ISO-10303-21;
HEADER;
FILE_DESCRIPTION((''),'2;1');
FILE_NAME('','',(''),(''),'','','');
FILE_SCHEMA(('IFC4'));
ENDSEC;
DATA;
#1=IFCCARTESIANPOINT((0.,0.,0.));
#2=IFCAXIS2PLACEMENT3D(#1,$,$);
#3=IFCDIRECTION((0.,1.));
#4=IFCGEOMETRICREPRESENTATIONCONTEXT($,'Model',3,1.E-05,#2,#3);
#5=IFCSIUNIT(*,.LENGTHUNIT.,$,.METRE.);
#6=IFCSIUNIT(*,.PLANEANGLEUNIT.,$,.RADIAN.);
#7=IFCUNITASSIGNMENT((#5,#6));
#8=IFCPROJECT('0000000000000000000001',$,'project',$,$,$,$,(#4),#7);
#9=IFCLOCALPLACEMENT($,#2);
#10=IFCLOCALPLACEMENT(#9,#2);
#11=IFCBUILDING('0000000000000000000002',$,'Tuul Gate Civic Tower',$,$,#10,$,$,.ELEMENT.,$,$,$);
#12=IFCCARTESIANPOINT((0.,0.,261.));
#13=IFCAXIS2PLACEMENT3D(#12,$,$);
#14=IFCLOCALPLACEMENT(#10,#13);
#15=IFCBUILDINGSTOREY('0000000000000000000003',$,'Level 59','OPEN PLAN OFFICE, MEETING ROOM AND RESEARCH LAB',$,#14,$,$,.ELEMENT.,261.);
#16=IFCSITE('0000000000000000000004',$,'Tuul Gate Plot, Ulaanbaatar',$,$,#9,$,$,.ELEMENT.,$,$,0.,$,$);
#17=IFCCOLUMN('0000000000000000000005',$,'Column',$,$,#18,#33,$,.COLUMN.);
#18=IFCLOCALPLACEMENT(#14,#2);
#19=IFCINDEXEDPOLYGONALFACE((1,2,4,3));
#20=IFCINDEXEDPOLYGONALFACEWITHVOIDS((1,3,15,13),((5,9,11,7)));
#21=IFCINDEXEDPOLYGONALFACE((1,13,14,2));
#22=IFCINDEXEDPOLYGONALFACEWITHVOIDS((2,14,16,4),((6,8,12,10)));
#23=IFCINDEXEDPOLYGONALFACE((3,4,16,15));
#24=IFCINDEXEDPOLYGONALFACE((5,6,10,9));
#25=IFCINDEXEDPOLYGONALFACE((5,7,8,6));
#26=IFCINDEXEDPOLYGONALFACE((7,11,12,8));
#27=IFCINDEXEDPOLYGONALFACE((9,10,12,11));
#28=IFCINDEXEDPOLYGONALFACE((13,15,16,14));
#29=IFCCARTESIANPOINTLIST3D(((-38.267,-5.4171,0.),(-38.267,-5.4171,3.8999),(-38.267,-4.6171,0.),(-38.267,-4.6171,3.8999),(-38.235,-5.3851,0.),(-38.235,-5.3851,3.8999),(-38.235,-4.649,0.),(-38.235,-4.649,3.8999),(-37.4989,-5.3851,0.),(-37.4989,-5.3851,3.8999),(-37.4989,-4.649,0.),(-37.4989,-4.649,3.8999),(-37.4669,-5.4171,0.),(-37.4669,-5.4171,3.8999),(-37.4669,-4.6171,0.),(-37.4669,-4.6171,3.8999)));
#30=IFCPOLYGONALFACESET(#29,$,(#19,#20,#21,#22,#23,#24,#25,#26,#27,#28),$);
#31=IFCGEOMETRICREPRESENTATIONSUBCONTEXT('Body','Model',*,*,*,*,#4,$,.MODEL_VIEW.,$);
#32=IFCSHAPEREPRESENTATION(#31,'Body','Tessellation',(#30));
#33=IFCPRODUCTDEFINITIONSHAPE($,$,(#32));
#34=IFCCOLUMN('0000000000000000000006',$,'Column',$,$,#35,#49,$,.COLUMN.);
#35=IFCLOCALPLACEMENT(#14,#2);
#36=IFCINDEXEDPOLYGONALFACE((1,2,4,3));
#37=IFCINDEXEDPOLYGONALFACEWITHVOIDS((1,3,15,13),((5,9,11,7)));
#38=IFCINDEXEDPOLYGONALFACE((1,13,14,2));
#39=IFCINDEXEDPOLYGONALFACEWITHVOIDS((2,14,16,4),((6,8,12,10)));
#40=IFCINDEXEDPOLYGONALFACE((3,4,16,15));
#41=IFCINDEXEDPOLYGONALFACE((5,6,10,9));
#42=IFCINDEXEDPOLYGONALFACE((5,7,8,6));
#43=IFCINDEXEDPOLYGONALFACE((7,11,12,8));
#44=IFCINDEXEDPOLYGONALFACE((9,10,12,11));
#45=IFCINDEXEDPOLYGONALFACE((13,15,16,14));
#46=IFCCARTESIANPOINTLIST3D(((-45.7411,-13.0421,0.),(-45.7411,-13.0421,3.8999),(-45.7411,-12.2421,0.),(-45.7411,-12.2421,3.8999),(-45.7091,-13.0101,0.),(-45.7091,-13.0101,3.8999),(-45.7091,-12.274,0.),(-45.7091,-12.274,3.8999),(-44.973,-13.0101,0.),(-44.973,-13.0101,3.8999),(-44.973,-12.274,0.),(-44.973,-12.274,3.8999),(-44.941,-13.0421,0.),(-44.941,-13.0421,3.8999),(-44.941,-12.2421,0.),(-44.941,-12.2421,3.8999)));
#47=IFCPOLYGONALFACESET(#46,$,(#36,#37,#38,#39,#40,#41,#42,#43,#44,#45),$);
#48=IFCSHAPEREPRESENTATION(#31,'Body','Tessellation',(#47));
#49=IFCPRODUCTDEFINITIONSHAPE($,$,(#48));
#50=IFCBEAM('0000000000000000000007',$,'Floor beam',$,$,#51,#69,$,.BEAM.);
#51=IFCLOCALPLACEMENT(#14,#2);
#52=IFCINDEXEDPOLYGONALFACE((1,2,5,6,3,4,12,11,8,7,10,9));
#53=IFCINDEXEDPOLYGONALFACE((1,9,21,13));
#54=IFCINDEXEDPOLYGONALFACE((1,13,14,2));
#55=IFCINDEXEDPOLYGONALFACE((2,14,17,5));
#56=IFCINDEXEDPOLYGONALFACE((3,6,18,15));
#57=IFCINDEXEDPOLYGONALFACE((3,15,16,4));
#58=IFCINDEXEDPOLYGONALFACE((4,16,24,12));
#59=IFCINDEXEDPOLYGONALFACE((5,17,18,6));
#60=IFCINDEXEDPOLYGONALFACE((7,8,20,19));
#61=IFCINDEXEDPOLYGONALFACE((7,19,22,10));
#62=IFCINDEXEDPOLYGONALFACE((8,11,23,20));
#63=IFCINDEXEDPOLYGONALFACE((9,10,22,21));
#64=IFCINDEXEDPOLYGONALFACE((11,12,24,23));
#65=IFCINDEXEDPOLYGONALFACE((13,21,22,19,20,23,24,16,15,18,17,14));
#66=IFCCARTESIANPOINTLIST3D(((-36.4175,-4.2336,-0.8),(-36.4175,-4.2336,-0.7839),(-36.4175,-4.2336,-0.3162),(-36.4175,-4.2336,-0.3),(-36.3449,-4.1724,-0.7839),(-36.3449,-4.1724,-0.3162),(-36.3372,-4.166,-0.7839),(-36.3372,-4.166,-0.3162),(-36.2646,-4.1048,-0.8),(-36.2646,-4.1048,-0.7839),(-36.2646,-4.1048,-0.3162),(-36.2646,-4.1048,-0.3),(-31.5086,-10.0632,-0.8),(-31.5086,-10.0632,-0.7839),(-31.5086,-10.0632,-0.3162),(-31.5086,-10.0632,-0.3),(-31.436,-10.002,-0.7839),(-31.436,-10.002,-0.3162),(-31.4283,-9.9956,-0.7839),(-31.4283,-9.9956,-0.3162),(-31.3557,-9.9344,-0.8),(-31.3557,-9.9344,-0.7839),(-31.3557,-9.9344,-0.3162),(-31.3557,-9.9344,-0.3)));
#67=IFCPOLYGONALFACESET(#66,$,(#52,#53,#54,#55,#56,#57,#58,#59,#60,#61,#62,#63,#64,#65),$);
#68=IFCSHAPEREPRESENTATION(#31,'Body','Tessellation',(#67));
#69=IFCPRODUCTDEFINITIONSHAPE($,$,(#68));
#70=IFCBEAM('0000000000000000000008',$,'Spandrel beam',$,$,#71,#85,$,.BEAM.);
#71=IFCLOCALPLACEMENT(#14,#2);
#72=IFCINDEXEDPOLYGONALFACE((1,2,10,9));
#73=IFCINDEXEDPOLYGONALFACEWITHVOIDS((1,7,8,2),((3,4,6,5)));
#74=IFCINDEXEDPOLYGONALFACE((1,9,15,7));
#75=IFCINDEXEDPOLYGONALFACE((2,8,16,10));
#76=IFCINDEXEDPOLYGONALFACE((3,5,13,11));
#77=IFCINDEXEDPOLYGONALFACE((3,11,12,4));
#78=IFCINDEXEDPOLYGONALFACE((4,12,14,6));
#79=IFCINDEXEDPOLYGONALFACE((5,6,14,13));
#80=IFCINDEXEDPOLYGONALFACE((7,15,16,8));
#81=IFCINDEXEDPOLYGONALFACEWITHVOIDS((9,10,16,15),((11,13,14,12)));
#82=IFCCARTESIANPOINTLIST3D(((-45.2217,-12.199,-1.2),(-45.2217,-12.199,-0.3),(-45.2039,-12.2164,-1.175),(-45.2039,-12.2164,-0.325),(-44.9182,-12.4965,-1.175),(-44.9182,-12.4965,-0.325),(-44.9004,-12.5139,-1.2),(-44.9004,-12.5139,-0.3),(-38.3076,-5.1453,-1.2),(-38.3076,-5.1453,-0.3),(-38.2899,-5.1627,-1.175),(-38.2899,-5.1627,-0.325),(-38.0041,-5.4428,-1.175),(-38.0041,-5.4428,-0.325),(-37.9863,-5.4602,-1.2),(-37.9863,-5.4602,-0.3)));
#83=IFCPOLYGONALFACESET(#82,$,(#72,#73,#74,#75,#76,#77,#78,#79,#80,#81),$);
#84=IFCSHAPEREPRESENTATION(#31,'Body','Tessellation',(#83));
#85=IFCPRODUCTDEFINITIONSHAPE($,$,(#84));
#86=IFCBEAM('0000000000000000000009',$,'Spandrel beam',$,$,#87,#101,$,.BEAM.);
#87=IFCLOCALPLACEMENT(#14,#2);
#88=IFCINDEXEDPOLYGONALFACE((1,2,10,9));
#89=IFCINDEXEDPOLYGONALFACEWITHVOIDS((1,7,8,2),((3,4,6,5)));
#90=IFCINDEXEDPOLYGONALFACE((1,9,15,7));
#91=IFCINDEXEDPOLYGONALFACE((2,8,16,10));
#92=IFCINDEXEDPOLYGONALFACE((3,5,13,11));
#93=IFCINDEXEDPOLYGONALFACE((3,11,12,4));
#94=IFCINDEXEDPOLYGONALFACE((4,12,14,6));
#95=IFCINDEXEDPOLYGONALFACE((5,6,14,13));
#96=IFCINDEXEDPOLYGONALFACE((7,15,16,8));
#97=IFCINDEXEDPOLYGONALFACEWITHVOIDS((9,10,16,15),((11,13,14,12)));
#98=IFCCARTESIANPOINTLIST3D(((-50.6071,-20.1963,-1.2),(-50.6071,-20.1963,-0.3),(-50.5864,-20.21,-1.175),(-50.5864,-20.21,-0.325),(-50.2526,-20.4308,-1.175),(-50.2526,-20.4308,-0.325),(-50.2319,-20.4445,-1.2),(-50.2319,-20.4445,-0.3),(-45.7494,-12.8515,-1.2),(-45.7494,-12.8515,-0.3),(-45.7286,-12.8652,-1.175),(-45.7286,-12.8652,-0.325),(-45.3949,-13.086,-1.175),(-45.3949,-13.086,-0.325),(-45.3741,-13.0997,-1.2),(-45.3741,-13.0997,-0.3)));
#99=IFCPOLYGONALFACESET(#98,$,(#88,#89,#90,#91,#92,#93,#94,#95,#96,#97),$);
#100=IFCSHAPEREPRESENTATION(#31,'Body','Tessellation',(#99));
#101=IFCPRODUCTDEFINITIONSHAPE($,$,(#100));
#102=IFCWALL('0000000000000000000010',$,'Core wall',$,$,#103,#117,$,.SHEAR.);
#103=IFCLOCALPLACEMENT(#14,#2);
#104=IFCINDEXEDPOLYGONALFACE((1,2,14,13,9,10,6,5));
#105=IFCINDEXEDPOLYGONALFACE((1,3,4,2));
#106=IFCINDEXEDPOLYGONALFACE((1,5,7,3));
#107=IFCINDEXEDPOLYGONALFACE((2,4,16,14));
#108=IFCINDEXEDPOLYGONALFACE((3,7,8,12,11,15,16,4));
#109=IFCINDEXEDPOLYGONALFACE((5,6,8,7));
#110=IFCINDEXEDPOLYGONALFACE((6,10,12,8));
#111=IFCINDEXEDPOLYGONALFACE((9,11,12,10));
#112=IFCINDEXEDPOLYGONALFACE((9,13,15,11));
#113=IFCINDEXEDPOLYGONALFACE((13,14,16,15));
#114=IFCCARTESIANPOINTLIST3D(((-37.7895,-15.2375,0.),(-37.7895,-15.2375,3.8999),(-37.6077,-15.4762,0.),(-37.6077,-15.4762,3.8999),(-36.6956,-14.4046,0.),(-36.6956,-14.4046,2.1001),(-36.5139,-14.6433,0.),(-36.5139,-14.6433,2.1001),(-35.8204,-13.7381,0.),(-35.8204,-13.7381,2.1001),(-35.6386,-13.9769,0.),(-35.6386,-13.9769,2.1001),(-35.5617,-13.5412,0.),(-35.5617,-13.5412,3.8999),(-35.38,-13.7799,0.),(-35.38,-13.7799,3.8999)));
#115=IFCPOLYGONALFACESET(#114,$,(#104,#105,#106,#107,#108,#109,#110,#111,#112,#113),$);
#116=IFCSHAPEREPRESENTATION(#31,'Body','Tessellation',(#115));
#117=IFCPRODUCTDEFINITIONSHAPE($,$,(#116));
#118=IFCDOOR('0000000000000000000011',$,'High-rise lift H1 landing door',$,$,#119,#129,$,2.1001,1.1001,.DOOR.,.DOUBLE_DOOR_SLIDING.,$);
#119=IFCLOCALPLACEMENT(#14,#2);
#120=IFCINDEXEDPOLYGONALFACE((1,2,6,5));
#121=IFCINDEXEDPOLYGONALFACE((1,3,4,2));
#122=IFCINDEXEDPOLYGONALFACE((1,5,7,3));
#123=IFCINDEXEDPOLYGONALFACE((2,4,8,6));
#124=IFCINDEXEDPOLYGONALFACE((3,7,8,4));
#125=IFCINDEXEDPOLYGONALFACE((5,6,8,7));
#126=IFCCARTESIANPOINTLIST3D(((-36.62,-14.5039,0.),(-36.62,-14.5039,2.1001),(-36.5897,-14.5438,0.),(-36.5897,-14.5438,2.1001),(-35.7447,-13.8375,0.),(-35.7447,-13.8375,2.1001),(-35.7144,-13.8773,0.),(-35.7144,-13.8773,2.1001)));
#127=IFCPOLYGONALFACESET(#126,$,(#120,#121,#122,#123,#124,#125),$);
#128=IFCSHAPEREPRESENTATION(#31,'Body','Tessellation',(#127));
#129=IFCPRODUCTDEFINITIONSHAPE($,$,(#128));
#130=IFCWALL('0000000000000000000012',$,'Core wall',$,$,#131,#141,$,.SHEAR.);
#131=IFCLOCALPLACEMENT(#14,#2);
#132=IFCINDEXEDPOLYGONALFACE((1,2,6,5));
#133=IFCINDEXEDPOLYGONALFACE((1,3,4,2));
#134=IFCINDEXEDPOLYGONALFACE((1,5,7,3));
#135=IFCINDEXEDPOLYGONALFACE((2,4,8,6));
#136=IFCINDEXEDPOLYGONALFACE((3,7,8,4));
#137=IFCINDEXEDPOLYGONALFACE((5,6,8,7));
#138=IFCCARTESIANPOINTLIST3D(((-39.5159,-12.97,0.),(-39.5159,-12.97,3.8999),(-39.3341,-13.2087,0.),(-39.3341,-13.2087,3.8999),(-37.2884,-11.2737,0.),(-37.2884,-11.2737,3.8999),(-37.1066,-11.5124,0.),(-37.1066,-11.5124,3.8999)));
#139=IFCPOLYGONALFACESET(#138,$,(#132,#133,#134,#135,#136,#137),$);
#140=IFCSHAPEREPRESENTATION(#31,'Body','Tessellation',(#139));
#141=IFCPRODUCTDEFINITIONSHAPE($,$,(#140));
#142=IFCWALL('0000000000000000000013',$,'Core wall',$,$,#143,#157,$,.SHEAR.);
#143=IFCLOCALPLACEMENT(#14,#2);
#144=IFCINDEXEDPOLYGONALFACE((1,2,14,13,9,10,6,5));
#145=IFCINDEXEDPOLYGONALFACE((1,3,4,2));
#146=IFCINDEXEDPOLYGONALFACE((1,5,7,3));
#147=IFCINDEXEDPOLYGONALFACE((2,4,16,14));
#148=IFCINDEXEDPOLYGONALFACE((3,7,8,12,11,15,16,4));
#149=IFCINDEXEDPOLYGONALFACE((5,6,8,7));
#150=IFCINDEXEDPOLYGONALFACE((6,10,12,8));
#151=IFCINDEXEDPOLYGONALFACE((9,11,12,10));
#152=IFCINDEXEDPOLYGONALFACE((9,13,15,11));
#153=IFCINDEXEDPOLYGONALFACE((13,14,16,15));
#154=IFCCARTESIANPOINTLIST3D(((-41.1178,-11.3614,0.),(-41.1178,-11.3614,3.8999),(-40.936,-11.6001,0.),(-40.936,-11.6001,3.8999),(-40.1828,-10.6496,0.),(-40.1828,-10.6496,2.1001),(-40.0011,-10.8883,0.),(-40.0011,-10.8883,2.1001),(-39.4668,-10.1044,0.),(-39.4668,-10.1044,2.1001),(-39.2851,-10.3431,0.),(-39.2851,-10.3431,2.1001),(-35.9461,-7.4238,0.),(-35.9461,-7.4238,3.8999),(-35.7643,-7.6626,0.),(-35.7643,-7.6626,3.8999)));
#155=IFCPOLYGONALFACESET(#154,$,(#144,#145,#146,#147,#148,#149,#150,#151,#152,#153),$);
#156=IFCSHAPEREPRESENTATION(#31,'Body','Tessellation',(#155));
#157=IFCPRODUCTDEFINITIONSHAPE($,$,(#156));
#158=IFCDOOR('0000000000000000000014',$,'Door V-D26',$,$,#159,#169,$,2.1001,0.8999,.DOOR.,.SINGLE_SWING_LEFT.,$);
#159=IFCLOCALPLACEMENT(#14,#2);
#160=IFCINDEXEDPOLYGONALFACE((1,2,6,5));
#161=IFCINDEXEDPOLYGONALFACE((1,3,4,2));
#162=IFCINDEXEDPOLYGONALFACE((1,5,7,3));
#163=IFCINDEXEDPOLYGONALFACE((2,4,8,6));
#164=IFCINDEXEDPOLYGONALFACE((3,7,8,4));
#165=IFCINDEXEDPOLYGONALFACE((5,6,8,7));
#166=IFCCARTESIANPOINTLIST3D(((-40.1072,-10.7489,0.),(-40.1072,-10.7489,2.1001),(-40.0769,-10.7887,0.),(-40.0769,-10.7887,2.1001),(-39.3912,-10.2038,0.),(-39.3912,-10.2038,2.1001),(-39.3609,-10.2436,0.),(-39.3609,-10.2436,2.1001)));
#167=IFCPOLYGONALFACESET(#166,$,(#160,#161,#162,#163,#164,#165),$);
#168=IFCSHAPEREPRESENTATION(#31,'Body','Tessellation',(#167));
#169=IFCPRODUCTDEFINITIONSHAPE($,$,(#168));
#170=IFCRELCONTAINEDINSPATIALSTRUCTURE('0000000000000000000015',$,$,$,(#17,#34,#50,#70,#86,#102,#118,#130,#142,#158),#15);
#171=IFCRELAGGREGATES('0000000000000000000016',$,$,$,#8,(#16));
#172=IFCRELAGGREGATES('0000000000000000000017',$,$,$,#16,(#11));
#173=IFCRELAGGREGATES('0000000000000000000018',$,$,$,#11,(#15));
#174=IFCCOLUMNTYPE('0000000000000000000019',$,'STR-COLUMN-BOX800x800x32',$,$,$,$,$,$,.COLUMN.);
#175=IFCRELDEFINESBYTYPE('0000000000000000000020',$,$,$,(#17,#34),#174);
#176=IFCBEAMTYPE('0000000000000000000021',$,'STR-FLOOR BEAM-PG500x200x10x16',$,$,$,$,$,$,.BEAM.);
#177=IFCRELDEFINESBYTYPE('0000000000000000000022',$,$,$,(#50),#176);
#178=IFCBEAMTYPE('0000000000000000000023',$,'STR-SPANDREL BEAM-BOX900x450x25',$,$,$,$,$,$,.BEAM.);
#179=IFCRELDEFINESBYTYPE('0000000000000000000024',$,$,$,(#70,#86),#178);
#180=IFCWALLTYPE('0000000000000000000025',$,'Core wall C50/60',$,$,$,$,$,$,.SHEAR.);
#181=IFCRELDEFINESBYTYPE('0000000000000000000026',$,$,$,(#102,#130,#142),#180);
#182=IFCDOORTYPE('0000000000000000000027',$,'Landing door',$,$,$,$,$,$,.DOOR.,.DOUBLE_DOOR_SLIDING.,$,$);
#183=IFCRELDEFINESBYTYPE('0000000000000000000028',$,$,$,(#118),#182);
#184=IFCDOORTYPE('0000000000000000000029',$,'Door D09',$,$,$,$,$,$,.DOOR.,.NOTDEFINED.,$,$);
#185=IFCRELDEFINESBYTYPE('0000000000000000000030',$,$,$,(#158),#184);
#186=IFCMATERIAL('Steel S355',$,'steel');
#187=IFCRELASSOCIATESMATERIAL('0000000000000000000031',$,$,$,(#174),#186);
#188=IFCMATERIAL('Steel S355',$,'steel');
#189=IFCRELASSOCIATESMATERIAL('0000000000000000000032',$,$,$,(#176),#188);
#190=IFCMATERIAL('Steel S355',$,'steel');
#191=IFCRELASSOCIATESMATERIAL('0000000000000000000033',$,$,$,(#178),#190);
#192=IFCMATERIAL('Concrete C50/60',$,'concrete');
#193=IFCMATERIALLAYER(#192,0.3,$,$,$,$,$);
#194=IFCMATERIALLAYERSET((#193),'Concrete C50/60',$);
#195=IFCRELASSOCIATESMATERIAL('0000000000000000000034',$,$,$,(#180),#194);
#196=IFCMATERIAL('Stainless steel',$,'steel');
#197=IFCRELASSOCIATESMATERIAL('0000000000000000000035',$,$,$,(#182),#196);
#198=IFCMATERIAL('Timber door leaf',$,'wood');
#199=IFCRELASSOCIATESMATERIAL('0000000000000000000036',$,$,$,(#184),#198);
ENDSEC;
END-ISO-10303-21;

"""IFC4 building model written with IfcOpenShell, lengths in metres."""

from ifc_helpers import new_model, si_unit, direction, frame, frame_2d, origin, origin_2d, place, context, subcontext, project, spatial, rectangle, hollow_rectangle, i_section, extrude, material, layer, layer_set, material_profile, profile_set, type_object, element, fill, save


model = new_model("IFC4")

# Units and contexts
model_context = context("Model", 3, precision=1e-05, world=origin(), true_north=direction((0.0, 1.0)))
body_context = subcontext(model_context, "Body", "Model", "MODEL_VIEW")
ifc_project = project(units=[si_unit("LENGTHUNIT", "METRE"), si_unit("PLANEANGLEUNIT", "RADIAN")], contexts=[model_context])

# Site, building, storey
site_placement = place(None, origin())
site = spatial("IfcSite", under=ifc_project, at=site_placement, Name="Tuul Gate Plot, Ulaanbaatar", CompositionType="ELEMENT", RefElevation=0.0)
building_placement = place(site_placement, origin())
building = spatial("IfcBuilding", under=site, at=building_placement, Name="Tuul Gate Civic Tower", CompositionType="ELEMENT")
storey_placement = place(building_placement, frame((0.0, 0.0, 261.0)))
storey = spatial("IfcBuildingStorey", under=building, at=storey_placement, Name="Level 59", Description="OPEN PLAN OFFICE, MEETING ROOM AND RESEARCH LAB", CompositionType="ELEMENT", Elevation=261.0)

# Columns
ifc_material_1 = material(Name="Steel S355", Category="steel")
ifc_material_profile_1 = material_profile(ifc_material_1, hollow_rectangle(XDim=0.8, YDim=0.8, WallThickness=0.032, at=origin_2d()), Name="BOX800x800x32")
ifc_profile_set_1 = profile_set([ifc_material_profile_1], Name="Steel S355")
column_type = type_object("IfcColumnType", Name="STR-COLUMN-BOX800x800x32", PredefinedType="COLUMN", material=ifc_profile_set_1)
for number, where, z_axis, x_axis, name in (
    (1, (-37.8669, -5.0171, 0.0), (0.0, 0.0, 1.0), (1.0, 0.0, 0.0), "Column"),
    (2, (-45.3411, -12.6421, 0.0), (0.0, 0.0, 1.0), (1.0, 0.0, 0.0), "Column"),
):
    element("IfcColumn", number, at=place(storey_placement, frame(where, z_axis=z_axis, x_axis=x_axis)), inside=storey, type_object=column_type, Name=name, PredefinedType="COLUMN", context=body_context, shape_type="SweptSolid", body=[
        extrude(hollow_rectangle(XDim=0.8, YDim=0.8, WallThickness=0.032, at=origin_2d()), origin(), (0.0, 0.0, 1.0), 3.8999),
    ])

# Beams
ifc_material_2 = material(Name="Steel S355", Category="steel")
ifc_material_profile_2 = material_profile(ifc_material_2, i_section(OverallWidth=0.2, OverallDepth=0.5, WebThickness=0.01, FlangeThickness=0.0161, at=origin_2d()), Name="PG500x200x10x16")
ifc_profile_set_2 = profile_set([ifc_material_profile_2], Name="Steel S355")
beam_type_1 = type_object("IfcBeamType", Name="STR-FLOOR BEAM-PG500x200x10x16", PredefinedType="BEAM", material=ifc_profile_set_2)
beam_1_placement = place(storey_placement, frame((-31.4321, -9.9988, -0.55), z_axis=(-0.644121, 0.764924, 0.0), x_axis=(-0.764924, -0.644121, 0.0)))
element("IfcBeam", 3, at=beam_1_placement, inside=storey, type_object=beam_type_1, Name="Floor beam", PredefinedType="BEAM", context=body_context, shape_type="SweptSolid", body=[
    extrude(i_section(OverallWidth=0.2, OverallDepth=0.5, WebThickness=0.01, FlangeThickness=0.0161, at=origin_2d()), origin(), (0.0, 0.0, 1.0), 7.6211),
])
ifc_material_3 = material(Name="Steel S355", Category="steel")
ifc_material_profile_3 = material_profile(ifc_material_3, hollow_rectangle(XDim=0.45, YDim=0.8999, WallThickness=0.0249, at=origin_2d()), Name="BOX900x450x25")
ifc_profile_set_3 = profile_set([ifc_material_profile_3], Name="Steel S355")
beam_type_2 = type_object("IfcBeamType", Name="STR-SPANDREL BEAM-BOX900x450x25", PredefinedType="BEAM", material=ifc_profile_set_3)
beam_2_placement = place(storey_placement, frame((-38.147, -5.3027, -0.75), z_axis=(-0.700002, -0.714141, 0.0), x_axis=(0.714141, -0.700002, 0.0)))
element("IfcBeam", 4, at=beam_2_placement, inside=storey, type_object=beam_type_2, Name="Spandrel beam", PredefinedType="BEAM", context=body_context, shape_type="SweptSolid", body=[
    extrude(hollow_rectangle(XDim=0.45, YDim=0.8999, WallThickness=0.0249, at=origin_2d()), origin(), (0.0, 0.0, 1.0), 9.8772),
])
beam_3_placement = place(storey_placement, frame((-45.5618, -12.9756, -0.75), z_axis=(-0.551645, -0.834079, 0.0), x_axis=(0.834079, -0.551645, 0.0)))
element("IfcBeam", 5, at=beam_3_placement, inside=storey, type_object=beam_type_2, Name="Spandrel beam", PredefinedType="BEAM", context=body_context, shape_type="SweptSolid", body=[
    extrude(hollow_rectangle(XDim=0.45, YDim=0.8999, WallThickness=0.0249, at=origin_2d()), origin(), (0.0, 0.0, 1.0), 8.8059),
])

# Wall, opening, door
ifc_material_4 = material(Name="Concrete C50/60", Category="concrete")
ifc_layer_1 = layer(ifc_material_4, 0.3)
ifc_layer_set_1 = layer_set([ifc_layer_1], Name="Concrete C50/60")
wall_type_1 = type_object("IfcWallType", Name="Core wall C50/60", PredefinedType="SHEAR", material=ifc_layer_set_1)
wall_1_placement = place(storey_placement, frame((-35.4709, -13.6606, 0.0), z_axis=(0.0, 0.0, 1.0), x_axis=(-0.795616, -0.605802, 0.0)))
wall_1 = element("IfcWall", 6, at=wall_1_placement, inside=storey, type_object=wall_type_1, Name="Core wall", PredefinedType="SHEAR", context=body_context, shape_type="SweptSolid", body=[
    extrude(rectangle(XDim=2.8, YDim=0.3, at=frame_2d((1.3999, 0.0))), origin(), (0.0, 0.0, 1.0), 3.8999),
])
opening_1_placement = place(wall_1_placement, frame((0.325, 0.0, 0.0)))
opening_1 = element("IfcOpeningElement", 7, at=opening_1_placement, cuts=wall_1, PredefinedType="OPENING", context=body_context, shape_type="SweptSolid", body=[
    extrude(rectangle(XDim=1.1001, YDim=2.1001, at=frame_2d((0.55, 1.05))), frame((0.0, 0.1602, 0.0), z_axis=(0.0, -1.0, 0.0), x_axis=(1.0, 0.0, 0.0)), (0.0, 0.0, 1.0), 0.3201),
])
ifc_material_5 = material(Name="Stainless steel", Category="steel")
door_type_1 = type_object("IfcDoorType", Name="Landing door", OperationType="DOUBLE_DOOR_SLIDING", PredefinedType="DOOR", material=ifc_material_5)
door_1_placement = place(opening_1_placement, origin())
door_1 = element("IfcDoor", 8, at=door_1_placement, inside=storey, type_object=door_type_1, Name="High-rise lift H1 landing door", OperationType="DOUBLE_DOOR_SLIDING", OverallHeight=2.1001, OverallWidth=1.1001, PredefinedType="DOOR", context=body_context, shape_type="SweptSolid", body=[
    extrude(rectangle(XDim=1.1001, YDim=2.1001, at=frame_2d((0.55, 1.05))), frame((0.0, 0.0249, 0.0), z_axis=(0.0, -1.0, 0.0), x_axis=(1.0, 0.0, 0.0)), (0.0, 0.0, 1.0), 0.05),
])
fill(opening_1, door_1)

# Wall
wall_2_placement = place(storey_placement, frame((-37.1975, -11.3931, 0.0), z_axis=(0.0, 0.0, 1.0), x_axis=(-0.795584, -0.605844, 0.0)))
element("IfcWall", 9, at=wall_2_placement, inside=storey, type_object=wall_type_1, Name="Core wall", PredefinedType="SHEAR", context=body_context, shape_type="SweptSolid", body=[
    extrude(rectangle(XDim=2.7998, YDim=0.3, at=frame_2d((1.3999, 0.0))), origin(), (0.0, 0.0, 1.0), 3.8999),
])

# Wall, opening, door
wall_3_placement = place(storey_placement, frame((-35.8552, -7.5432, 0.0), z_axis=(0.0, 0.0, 1.0), x_axis=(-0.795639, -0.605772, 0.0)))
wall_3 = element("IfcWall", 10, at=wall_3_placement, inside=storey, type_object=wall_type_1, Name="Core wall", PredefinedType="SHEAR", context=body_context, shape_type="SweptSolid", body=[
    extrude(rectangle(XDim=6.5, YDim=0.3, at=frame_2d((3.25, 0.0))), origin(), (0.0, 0.0, 1.0), 3.8999),
])
opening_2_placement = place(wall_3_placement, frame((4.425, 0.0, 0.0)))
opening_2 = element("IfcOpeningElement", 11, at=opening_2_placement, cuts=wall_3, PredefinedType="OPENING", context=body_context, shape_type="SweptSolid", body=[
    extrude(rectangle(XDim=0.8999, YDim=2.1001, at=frame_2d((0.45, 1.05))), frame((0.0, 0.1602, 0.0), z_axis=(0.0, -1.0, 0.0), x_axis=(1.0, 0.0, 0.0)), (0.0, 0.0, 1.0), 0.3201),
])
ifc_material_6 = material(Name="Timber door leaf", Category="wood")
door_type_2 = type_object("IfcDoorType", Name="Door D09", OperationType="NOTDEFINED", PredefinedType="DOOR", material=ifc_material_6)
door_2_placement = place(opening_2_placement, origin())
door_2 = element("IfcDoor", 12, at=door_2_placement, inside=storey, type_object=door_type_2, Name="Door V-D26", OperationType="SINGLE_SWING_LEFT", OverallHeight=2.1001, OverallWidth=0.8999, PredefinedType="DOOR", context=body_context, shape_type="SweptSolid", body=[
    extrude(rectangle(XDim=0.8999, YDim=2.1001, at=frame_2d((0.45, 1.05))), frame((0.0, 0.0249, 0.0), z_axis=(0.0, -1.0, 0.0), x_axis=(1.0, 0.0, 0.0)), (0.0, 0.0, 1.0), 0.05),
])
fill(opening_2, door_2)

save(model, "model.ifc")
